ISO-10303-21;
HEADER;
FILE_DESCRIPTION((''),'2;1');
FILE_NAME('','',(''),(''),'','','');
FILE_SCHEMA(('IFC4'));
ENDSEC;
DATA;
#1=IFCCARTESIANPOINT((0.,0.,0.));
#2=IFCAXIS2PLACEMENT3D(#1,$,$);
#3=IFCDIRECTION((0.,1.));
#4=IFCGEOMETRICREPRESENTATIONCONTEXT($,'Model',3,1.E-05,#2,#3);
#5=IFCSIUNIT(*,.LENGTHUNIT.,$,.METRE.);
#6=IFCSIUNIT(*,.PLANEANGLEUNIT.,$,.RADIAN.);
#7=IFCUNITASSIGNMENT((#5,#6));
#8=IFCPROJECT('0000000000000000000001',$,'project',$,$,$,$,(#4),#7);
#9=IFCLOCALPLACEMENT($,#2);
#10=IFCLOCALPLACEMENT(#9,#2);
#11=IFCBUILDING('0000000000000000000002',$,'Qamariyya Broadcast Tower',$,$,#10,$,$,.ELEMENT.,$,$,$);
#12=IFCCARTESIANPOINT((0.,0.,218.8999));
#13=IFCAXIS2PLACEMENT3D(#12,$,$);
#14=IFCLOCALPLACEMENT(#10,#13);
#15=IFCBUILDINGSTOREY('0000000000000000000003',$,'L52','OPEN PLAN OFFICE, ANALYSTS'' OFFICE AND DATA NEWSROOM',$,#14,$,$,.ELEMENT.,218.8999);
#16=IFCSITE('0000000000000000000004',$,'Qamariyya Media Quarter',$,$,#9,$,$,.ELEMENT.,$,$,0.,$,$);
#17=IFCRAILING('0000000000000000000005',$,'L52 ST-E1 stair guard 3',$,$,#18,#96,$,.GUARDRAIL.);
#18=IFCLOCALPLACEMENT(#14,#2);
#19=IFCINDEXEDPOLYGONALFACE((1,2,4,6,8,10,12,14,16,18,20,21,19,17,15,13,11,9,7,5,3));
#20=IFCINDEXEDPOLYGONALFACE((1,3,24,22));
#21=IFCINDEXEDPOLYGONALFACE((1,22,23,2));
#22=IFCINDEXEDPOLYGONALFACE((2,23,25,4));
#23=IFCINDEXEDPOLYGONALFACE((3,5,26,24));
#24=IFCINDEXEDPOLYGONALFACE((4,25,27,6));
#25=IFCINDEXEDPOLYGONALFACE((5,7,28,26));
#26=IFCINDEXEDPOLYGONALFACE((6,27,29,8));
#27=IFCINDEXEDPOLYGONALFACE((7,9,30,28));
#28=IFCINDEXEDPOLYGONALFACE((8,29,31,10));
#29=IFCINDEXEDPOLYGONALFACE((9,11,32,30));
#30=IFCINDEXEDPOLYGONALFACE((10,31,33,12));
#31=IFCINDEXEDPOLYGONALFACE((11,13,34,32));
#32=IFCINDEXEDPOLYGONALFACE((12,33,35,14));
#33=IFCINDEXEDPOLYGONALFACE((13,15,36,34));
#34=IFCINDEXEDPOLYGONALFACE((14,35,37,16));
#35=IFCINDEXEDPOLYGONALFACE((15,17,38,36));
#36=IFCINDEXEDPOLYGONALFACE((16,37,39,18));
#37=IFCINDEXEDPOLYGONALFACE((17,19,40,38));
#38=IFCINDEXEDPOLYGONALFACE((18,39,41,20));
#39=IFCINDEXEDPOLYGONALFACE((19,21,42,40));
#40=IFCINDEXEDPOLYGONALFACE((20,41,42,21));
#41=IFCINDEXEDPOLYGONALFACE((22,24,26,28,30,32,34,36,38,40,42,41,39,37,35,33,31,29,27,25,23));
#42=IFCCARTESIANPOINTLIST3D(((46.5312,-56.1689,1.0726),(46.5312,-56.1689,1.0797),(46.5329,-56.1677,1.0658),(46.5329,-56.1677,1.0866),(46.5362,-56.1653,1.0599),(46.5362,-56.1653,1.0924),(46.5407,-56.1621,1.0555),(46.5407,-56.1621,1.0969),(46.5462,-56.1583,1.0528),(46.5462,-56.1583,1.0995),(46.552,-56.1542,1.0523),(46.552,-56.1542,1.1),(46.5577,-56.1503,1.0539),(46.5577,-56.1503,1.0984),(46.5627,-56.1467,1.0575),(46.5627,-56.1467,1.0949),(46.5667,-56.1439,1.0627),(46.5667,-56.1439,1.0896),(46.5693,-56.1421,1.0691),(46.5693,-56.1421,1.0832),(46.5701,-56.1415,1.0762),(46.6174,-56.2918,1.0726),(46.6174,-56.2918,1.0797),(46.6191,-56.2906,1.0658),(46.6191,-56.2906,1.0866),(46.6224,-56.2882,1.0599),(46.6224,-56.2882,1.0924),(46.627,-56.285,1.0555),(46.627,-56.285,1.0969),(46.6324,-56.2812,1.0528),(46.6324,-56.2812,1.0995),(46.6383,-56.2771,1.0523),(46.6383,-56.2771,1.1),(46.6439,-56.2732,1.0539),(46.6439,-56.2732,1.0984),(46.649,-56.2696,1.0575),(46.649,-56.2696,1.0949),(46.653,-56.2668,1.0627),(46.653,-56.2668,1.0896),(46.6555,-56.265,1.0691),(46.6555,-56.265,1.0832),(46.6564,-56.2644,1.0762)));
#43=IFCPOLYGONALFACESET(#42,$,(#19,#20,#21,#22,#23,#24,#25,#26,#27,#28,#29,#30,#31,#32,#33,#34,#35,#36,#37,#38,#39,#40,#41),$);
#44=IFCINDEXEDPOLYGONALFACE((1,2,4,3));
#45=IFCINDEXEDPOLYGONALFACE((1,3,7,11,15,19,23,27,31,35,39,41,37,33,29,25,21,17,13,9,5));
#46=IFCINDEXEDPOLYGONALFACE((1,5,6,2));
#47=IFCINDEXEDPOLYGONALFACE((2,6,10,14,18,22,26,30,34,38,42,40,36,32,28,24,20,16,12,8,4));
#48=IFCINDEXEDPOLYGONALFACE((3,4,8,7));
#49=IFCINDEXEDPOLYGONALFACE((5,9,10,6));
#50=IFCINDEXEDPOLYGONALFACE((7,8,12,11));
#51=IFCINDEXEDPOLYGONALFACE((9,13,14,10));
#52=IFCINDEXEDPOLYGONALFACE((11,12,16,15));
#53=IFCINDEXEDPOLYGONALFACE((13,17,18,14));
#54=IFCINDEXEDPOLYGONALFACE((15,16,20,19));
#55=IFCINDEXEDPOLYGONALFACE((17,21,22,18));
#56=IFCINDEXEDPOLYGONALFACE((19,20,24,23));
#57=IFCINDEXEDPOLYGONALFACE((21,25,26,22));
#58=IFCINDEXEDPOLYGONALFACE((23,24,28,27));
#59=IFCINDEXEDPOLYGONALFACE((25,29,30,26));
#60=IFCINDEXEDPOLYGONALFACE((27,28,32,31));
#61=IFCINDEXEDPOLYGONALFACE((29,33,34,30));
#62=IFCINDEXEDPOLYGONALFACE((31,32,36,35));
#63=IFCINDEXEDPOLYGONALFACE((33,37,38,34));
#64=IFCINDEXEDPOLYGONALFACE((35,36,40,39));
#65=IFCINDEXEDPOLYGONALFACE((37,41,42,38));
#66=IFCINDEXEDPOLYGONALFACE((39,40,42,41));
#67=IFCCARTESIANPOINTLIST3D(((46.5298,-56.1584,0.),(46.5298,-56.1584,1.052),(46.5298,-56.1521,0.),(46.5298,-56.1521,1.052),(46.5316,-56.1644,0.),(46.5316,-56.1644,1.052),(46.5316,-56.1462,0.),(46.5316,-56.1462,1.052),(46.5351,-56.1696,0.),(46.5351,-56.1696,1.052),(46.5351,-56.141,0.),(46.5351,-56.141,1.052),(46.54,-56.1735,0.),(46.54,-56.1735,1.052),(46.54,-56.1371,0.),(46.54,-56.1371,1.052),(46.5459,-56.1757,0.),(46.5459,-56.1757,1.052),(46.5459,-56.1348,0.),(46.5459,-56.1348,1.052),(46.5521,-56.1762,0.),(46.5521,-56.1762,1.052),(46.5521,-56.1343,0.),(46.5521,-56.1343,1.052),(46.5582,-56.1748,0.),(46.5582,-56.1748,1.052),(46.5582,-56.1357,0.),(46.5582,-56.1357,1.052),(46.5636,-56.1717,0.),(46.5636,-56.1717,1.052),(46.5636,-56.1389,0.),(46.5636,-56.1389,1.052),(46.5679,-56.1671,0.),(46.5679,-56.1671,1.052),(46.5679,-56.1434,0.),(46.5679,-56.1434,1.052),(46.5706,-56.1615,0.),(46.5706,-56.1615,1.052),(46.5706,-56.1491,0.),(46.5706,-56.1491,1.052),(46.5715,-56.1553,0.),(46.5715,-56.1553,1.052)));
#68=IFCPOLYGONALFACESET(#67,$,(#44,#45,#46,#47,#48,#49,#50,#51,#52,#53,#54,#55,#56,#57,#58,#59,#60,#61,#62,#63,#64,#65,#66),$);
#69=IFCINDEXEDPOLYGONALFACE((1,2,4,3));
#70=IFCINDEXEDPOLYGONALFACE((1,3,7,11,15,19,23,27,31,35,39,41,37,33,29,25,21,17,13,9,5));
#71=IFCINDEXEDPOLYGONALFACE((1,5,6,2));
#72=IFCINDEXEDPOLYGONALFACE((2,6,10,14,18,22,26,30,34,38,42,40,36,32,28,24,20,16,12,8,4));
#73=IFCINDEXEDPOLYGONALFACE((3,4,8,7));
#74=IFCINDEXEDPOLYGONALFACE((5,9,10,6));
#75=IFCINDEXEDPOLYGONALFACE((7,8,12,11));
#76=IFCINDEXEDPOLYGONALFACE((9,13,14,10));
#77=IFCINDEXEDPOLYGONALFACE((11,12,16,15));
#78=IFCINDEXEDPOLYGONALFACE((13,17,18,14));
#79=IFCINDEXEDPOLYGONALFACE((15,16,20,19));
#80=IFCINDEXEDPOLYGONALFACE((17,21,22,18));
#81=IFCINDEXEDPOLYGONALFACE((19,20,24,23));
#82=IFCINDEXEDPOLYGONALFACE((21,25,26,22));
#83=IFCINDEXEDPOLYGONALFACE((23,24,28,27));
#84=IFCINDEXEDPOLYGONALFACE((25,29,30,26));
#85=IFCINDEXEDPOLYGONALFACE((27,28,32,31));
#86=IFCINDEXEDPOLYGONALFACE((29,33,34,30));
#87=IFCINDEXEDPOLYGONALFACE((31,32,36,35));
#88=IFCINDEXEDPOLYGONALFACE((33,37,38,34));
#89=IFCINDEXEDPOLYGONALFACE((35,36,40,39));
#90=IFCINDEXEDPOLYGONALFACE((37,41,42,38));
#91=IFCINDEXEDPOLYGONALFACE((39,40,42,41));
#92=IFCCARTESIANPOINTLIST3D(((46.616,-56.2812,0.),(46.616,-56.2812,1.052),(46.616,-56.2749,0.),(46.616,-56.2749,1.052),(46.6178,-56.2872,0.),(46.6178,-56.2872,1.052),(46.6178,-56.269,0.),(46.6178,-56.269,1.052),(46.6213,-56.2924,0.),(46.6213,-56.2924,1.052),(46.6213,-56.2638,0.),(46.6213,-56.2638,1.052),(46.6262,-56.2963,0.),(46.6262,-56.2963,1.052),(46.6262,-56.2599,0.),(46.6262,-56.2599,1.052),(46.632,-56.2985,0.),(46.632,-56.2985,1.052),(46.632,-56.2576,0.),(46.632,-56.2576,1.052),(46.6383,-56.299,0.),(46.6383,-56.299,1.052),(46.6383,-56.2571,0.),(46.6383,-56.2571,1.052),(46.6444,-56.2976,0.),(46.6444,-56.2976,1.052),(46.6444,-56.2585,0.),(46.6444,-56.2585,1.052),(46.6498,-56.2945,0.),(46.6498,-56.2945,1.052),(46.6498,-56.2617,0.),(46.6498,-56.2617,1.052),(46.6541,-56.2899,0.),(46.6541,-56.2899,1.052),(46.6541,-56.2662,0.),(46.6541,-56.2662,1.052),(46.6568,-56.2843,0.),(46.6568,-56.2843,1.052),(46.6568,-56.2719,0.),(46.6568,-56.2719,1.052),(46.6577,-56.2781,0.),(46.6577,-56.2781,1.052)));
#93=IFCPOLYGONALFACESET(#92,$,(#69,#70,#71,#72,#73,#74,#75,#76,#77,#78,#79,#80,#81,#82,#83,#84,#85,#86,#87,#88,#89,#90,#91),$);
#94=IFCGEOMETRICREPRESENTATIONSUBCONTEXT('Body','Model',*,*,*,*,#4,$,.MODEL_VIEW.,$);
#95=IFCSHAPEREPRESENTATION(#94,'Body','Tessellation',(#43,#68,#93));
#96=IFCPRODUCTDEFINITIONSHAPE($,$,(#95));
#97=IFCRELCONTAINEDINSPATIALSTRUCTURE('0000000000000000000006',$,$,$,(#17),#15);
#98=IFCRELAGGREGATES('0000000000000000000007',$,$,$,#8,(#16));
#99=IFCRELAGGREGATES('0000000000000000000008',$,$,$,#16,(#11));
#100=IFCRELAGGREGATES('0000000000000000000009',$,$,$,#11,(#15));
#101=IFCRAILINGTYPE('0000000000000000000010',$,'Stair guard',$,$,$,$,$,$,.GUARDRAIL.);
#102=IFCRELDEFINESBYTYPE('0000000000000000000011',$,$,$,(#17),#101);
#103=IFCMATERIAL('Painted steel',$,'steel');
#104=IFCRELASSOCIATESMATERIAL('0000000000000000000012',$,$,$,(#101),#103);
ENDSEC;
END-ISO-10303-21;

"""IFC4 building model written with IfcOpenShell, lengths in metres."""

from ifc_helpers import new_model, si_unit, direction, frame, origin, origin_2d, place, context, subcontext, project, spatial, circle, extrude, material, type_object, element, save


model = new_model("IFC4")

# Units and contexts
model_context = context("Model", 3, precision=1e-05, world=origin(), true_north=direction((0.0, 1.0)))
body_context = subcontext(model_context, "Body", "Model", "MODEL_VIEW")
ifc_project = project(units=[si_unit("LENGTHUNIT", "METRE"), si_unit("PLANEANGLEUNIT", "RADIAN")], contexts=[model_context])

# Site, building, storey
site_placement = place(None, origin())
site = spatial("IfcSite", under=ifc_project, at=site_placement, Name="Qamariyya Media Quarter", CompositionType="ELEMENT", RefElevation=0.0)
building_placement = place(site_placement, origin())
building = spatial("IfcBuilding", under=site, at=building_placement, Name="Qamariyya Broadcast Tower", CompositionType="ELEMENT")
storey_placement = place(building_placement, frame((0.0, 0.0, 218.8999)))
storey = spatial("IfcBuildingStorey", under=building, at=storey_placement, Name="L52", Description="OPEN PLAN OFFICE, ANALYSTS' OFFICE AND DATA NEWSROOM", CompositionType="ELEMENT", Elevation=218.8999)

# Railing
ifc_material_1 = material(Name="Painted steel", Category="steel")
railing_type_1 = type_object("IfcRailingType", Name="Stair guard", PredefinedType="GUARDRAIL", material=ifc_material_1)
railing_1_placement = place(storey_placement, frame((46.5505, -56.1553, 0.0)))
element("IfcRailing", 1, at=railing_1_placement, inside=storey, type_object=railing_type_1, Name="L52 ST-E1 stair guard 3", PredefinedType="GUARDRAIL", context=body_context, shape_type="SweptSolid", body=[
    extrude(circle(Radius=0.0239, at=origin_2d()), frame((0.0, 0.0, 1.0762), z_axis=(0.574445, -0.818543, 0.0), x_axis=(0.818543, 0.574445, 0.0)), (0.0, 0.0, 1.0), 0.1501),
    extrude(circle(Radius=0.021, at=origin_2d()), origin(), (0.0, 0.0, 1.0), 1.052),
    extrude(circle(Radius=0.021, at=origin_2d()), frame((0.0862, -0.1228, 0.0)), (0.0, 0.0, 1.0), 1.052),
])

save(model, "model.ifc")
